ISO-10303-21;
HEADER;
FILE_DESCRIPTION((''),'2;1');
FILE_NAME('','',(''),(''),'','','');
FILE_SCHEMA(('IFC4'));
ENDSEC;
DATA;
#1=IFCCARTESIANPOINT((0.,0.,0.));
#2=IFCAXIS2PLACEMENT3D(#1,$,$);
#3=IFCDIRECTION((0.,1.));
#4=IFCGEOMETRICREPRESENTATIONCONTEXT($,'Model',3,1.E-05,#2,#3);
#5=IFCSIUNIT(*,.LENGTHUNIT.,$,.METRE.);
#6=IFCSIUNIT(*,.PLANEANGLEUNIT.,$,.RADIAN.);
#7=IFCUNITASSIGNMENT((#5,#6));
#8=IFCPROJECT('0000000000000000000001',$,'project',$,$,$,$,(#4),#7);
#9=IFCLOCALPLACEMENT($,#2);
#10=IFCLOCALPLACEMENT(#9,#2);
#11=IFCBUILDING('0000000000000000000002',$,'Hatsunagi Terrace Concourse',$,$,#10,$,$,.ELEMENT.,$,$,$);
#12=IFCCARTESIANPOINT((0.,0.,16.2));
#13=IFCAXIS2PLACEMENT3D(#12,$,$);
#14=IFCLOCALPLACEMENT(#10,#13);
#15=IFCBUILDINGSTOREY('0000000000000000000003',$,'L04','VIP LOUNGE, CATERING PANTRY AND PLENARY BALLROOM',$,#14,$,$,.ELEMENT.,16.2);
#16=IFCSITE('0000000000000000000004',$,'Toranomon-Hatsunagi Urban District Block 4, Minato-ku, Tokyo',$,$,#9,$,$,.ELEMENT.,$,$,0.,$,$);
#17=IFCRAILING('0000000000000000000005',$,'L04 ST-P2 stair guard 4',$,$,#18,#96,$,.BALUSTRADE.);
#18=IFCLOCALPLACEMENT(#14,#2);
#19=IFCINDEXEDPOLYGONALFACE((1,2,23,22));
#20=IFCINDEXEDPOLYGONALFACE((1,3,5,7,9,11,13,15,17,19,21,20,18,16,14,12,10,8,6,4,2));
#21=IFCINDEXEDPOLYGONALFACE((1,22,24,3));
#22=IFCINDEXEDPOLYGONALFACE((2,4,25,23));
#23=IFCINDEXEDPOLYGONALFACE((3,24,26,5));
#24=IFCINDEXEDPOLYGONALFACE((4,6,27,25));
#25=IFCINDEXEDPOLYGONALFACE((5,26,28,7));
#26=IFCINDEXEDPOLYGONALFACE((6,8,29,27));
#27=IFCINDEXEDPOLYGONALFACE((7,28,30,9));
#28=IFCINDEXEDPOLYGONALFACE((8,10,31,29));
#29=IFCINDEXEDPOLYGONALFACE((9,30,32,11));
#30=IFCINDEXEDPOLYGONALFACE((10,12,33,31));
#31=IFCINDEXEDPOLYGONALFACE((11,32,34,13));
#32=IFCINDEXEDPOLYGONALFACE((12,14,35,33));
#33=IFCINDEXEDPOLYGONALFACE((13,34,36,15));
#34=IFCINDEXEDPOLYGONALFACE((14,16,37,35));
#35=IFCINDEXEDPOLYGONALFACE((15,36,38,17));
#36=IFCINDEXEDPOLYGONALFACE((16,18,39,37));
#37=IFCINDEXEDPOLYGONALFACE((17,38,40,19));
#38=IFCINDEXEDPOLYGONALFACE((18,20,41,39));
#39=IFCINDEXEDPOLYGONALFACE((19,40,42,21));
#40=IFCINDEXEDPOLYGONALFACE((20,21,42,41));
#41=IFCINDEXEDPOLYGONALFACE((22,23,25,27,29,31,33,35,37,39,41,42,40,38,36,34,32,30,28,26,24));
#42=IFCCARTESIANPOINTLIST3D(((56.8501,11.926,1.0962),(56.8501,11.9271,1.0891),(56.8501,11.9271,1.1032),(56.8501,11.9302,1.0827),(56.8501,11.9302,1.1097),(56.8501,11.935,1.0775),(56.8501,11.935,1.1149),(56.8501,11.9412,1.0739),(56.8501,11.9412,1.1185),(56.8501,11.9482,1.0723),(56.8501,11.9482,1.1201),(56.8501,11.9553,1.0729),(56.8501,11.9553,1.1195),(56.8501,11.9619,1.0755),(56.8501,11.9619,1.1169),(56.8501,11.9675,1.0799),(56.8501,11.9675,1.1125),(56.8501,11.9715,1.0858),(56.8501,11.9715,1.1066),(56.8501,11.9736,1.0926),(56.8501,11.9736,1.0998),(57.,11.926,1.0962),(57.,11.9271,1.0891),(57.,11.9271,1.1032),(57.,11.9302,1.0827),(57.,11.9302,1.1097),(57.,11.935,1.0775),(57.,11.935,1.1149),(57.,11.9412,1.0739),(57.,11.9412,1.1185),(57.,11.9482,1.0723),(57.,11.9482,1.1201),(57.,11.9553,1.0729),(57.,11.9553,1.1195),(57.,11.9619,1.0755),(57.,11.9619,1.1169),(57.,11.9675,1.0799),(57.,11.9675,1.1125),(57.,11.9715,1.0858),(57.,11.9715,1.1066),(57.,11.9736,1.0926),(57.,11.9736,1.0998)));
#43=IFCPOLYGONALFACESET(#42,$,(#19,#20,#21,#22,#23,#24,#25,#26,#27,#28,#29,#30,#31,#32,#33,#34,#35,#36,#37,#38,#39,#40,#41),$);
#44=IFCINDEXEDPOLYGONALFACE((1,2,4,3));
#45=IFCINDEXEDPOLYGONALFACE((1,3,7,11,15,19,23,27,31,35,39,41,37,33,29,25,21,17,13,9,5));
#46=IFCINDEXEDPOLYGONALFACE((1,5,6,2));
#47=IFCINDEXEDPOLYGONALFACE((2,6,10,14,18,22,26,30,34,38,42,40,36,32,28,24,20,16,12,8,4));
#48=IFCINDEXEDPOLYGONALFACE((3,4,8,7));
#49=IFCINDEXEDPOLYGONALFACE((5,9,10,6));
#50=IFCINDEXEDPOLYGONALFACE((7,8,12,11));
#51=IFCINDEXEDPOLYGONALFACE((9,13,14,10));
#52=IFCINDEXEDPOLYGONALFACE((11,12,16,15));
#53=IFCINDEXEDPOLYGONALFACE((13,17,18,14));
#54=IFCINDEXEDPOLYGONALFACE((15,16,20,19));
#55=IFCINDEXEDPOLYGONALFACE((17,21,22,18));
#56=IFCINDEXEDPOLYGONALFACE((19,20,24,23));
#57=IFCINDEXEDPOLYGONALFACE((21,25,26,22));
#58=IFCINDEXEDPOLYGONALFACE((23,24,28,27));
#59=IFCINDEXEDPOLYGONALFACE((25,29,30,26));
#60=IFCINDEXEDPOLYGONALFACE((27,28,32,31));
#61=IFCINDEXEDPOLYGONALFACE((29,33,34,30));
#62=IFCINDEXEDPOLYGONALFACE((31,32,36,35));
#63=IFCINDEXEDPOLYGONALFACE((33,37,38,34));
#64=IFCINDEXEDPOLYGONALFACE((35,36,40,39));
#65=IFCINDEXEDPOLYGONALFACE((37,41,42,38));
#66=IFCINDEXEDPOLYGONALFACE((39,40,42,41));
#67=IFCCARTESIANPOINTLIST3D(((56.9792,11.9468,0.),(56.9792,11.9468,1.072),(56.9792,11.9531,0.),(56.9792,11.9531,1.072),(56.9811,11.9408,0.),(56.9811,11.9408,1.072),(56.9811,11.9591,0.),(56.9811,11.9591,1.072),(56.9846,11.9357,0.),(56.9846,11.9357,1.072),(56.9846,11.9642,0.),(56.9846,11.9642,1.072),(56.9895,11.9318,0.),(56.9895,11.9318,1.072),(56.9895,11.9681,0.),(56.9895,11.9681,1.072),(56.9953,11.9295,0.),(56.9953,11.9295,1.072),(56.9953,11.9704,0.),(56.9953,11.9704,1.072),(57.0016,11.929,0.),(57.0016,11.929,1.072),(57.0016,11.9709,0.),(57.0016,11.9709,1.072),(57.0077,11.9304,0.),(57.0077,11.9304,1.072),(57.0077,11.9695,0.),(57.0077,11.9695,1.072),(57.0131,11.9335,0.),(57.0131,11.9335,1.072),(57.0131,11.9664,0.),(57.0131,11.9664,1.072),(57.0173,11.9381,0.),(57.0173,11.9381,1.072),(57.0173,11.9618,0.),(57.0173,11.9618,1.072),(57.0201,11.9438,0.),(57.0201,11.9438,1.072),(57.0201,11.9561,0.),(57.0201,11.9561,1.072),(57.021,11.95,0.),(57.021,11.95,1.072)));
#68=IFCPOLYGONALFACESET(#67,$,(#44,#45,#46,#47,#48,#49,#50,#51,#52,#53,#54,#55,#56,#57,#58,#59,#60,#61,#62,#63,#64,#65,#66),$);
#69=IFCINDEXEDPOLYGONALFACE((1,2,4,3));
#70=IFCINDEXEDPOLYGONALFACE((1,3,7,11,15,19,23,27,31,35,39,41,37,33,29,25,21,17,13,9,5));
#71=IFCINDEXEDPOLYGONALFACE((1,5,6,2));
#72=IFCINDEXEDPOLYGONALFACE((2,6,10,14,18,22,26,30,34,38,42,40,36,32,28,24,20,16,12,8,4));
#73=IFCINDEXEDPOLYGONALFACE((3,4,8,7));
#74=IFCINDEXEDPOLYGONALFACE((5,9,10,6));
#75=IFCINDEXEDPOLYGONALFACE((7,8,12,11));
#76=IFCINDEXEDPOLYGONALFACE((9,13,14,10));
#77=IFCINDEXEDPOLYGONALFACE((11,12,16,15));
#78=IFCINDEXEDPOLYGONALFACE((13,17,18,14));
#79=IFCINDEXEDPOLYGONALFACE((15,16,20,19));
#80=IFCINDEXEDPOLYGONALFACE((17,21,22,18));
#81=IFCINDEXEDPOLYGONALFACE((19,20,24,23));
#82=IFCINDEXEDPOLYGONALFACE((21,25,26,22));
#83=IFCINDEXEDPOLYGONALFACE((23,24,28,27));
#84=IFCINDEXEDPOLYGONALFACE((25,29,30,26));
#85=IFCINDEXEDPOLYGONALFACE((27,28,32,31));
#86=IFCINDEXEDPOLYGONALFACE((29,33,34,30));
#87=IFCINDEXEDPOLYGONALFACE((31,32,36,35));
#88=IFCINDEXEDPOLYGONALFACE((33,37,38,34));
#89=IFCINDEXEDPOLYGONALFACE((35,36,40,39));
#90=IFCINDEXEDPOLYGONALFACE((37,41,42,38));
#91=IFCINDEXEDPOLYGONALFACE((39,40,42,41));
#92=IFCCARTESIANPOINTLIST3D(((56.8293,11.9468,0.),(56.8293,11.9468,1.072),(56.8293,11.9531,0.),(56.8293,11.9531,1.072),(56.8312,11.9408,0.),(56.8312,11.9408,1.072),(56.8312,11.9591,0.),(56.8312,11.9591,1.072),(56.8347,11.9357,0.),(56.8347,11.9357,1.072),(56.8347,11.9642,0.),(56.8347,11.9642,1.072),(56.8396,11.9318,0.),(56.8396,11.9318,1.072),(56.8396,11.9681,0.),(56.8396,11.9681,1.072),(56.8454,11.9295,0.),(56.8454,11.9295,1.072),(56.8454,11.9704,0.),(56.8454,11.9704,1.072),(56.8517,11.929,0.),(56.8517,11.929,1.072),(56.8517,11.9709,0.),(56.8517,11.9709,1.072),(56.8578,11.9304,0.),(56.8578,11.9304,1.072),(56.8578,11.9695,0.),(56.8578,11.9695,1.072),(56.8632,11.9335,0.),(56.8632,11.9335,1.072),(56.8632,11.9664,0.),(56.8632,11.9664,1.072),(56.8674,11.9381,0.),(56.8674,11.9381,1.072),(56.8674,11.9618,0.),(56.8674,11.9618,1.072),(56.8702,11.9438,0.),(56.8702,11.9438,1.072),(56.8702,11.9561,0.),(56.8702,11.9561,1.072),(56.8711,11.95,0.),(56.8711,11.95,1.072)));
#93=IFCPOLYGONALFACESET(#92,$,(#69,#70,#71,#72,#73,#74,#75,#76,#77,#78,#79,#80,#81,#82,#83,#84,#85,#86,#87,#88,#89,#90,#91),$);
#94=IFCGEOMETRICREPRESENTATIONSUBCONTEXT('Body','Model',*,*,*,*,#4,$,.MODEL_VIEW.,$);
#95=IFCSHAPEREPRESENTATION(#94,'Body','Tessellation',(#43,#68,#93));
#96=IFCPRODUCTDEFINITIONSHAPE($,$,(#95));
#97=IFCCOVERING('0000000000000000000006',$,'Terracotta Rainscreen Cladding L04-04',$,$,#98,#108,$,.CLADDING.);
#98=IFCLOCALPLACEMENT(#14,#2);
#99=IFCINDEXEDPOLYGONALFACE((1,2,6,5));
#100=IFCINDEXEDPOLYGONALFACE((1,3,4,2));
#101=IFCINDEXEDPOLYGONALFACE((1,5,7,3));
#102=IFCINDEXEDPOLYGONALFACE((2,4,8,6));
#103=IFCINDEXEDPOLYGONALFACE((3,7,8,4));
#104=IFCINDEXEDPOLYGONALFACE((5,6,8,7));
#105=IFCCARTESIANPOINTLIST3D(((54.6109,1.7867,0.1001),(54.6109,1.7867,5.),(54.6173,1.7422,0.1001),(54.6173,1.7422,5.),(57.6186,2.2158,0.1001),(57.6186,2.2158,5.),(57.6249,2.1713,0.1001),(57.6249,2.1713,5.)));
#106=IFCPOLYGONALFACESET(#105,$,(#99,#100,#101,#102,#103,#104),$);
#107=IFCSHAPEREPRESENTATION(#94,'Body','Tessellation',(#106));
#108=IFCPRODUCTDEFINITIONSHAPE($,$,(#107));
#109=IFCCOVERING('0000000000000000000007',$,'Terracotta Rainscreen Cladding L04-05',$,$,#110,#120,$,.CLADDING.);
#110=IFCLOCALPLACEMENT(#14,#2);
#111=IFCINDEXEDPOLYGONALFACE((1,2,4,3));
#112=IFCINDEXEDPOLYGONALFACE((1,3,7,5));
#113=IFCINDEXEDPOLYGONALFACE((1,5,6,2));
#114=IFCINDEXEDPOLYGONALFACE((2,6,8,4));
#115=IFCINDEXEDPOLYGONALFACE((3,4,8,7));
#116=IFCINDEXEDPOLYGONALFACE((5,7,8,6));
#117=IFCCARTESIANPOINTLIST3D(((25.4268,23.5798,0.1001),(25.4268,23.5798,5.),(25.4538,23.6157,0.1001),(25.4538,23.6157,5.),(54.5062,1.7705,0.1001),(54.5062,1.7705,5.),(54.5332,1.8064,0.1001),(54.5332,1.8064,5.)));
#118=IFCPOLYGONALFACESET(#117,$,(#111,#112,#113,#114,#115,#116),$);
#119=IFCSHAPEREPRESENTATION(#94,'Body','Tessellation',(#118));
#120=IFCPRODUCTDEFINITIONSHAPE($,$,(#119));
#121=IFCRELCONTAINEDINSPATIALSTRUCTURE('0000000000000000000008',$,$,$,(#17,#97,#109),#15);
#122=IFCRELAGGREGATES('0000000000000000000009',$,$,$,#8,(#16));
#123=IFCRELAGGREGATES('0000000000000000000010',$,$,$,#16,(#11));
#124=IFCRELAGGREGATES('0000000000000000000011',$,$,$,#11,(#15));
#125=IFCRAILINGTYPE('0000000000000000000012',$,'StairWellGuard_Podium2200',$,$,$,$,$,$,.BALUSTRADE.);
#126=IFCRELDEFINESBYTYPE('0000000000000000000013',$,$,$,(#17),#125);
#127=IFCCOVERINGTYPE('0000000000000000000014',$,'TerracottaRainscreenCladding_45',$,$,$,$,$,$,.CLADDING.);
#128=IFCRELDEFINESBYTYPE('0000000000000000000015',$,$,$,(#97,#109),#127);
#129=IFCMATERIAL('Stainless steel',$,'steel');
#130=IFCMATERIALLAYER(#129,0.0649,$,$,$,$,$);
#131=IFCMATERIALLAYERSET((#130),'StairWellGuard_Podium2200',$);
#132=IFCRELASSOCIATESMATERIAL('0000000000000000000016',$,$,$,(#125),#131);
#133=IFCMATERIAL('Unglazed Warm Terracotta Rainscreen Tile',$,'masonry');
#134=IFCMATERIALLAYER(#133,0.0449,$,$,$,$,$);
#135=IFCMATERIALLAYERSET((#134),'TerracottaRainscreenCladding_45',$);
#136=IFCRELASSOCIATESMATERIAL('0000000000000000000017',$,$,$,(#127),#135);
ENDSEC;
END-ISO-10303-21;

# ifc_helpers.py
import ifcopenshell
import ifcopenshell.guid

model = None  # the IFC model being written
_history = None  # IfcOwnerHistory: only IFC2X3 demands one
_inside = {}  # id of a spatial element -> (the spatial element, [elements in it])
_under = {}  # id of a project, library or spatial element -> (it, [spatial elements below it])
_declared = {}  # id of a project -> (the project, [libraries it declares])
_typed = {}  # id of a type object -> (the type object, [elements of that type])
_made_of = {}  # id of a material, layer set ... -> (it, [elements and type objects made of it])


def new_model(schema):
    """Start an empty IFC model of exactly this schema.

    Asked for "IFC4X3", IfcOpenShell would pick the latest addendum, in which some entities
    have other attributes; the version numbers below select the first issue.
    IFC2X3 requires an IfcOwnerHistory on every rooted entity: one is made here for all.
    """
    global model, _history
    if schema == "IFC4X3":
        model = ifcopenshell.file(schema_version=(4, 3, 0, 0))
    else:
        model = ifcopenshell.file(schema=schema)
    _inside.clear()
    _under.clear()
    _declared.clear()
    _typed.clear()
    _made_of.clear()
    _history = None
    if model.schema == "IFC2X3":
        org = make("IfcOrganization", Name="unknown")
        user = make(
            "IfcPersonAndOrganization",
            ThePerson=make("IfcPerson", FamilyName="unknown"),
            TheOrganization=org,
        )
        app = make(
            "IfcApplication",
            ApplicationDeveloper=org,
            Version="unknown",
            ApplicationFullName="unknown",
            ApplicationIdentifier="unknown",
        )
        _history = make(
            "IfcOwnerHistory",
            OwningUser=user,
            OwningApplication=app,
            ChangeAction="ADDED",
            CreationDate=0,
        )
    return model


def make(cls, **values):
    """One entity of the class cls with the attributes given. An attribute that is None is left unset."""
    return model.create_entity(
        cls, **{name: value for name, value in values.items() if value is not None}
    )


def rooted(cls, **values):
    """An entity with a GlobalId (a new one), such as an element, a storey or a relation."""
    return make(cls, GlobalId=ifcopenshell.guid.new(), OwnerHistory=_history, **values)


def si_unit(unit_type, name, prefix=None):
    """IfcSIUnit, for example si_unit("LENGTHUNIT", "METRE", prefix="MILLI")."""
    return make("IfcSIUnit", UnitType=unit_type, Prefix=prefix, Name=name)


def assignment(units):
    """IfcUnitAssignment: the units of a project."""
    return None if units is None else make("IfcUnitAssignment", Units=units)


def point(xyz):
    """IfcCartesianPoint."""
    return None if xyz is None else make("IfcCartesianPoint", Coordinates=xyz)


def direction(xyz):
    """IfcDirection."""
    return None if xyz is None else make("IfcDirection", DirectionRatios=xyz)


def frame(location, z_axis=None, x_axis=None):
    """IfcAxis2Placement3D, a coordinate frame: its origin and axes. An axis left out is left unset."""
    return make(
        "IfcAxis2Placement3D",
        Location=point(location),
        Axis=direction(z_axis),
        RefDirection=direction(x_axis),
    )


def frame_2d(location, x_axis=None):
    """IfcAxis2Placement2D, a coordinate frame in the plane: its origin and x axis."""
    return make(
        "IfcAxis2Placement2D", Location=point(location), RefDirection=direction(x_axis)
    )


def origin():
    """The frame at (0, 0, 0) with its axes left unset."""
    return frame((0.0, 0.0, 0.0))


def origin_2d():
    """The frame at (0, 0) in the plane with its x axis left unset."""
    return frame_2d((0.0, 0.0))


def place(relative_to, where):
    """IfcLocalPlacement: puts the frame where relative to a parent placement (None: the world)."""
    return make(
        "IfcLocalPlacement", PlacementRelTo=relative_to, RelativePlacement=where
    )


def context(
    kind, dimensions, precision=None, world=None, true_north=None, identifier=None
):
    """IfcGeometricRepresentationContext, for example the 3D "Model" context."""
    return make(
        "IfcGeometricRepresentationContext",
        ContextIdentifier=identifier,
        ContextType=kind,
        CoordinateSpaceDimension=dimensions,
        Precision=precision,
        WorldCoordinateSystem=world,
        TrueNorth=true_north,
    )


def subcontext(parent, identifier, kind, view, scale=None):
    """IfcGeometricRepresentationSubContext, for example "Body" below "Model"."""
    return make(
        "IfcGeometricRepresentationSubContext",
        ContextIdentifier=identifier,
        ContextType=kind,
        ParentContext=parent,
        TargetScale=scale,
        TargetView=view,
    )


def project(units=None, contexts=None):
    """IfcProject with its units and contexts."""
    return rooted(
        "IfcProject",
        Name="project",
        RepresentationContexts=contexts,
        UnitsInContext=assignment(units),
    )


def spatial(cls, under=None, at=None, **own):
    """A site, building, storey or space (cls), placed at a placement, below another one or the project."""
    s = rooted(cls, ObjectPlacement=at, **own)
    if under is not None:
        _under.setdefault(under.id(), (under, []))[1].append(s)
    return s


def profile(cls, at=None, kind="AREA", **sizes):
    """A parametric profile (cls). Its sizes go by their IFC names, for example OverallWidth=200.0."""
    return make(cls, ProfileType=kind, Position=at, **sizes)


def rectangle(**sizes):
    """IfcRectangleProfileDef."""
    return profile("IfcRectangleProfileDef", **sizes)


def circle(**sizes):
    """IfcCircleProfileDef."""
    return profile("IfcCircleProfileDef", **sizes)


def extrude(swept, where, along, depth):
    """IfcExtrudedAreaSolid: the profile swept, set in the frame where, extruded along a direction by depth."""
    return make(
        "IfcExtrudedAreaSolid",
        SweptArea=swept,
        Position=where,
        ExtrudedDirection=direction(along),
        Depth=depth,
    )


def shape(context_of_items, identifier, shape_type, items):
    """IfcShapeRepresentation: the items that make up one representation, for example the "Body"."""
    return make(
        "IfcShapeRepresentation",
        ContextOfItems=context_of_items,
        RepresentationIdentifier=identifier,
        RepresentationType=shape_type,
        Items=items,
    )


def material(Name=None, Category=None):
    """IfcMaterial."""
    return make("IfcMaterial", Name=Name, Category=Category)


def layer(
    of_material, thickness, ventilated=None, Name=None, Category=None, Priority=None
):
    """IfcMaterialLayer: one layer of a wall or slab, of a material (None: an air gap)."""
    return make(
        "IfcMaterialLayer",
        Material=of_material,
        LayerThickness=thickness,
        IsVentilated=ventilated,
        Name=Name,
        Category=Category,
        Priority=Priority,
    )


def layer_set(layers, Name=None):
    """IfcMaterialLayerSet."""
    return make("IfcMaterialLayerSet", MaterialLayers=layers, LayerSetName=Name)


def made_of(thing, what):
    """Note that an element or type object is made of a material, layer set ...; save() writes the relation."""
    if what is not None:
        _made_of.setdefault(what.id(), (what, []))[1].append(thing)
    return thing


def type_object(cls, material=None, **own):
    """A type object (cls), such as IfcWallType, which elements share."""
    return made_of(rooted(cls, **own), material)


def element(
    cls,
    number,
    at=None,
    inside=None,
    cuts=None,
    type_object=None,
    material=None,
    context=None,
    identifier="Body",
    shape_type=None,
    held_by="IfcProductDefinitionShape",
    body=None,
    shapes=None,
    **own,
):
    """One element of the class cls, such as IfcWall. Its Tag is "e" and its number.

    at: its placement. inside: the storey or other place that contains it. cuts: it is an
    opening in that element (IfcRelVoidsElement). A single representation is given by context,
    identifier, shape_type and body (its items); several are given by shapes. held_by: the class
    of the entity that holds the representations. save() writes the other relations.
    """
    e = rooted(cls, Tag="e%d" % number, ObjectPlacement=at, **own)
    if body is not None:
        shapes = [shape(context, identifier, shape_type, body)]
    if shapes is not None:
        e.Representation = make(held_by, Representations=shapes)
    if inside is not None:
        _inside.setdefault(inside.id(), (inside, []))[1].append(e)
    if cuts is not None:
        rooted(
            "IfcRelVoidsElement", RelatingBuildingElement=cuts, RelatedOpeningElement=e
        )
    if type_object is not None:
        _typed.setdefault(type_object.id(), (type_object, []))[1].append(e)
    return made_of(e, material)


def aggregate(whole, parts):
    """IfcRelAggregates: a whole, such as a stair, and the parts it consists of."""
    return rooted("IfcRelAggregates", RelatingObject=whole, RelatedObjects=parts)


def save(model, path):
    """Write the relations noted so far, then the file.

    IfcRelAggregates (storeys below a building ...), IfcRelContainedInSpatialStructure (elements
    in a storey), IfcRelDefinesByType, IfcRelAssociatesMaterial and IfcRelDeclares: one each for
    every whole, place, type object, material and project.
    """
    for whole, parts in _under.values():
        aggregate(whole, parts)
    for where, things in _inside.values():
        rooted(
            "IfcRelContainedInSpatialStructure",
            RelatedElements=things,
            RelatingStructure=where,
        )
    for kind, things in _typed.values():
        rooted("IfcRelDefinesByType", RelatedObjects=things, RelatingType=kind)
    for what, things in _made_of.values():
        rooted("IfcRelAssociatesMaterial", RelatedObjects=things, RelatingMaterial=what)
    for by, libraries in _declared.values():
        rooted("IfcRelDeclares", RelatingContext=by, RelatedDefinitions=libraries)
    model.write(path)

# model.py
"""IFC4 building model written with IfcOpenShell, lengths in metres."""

from ifc_helpers import new_model, si_unit, direction, frame, origin, origin_2d, place, context, subcontext, project, spatial, rectangle, circle, extrude, material, layer, layer_set, type_object, element, save


model = new_model("IFC4")

# Units and contexts
model_context = context("Model", 3, precision=1e-05, world=origin(), true_north=direction((0.0, 1.0)))
body_context = subcontext(model_context, "Body", "Model", "MODEL_VIEW")
ifc_project = project(units=[si_unit("LENGTHUNIT", "METRE"), si_unit("PLANEANGLEUNIT", "RADIAN")], contexts=[model_context])

# Site, building, storey
site_placement = place(None, origin())
site = spatial("IfcSite", under=ifc_project, at=site_placement, Name="Toranomon-Hatsunagi Urban District Block 4, Minato-ku, Tokyo", CompositionType="ELEMENT", RefElevation=0.0)
building_placement = place(site_placement, origin())
building = spatial("IfcBuilding", under=site, at=building_placement, Name="Hatsunagi Terrace Concourse", CompositionType="ELEMENT")
storey_placement = place(building_placement, frame((0.0, 0.0, 16.2)))
storey = spatial("IfcBuildingStorey", under=building, at=storey_placement, Name="L04", Description="VIP LOUNGE, CATERING PANTRY AND PLENARY BALLROOM", CompositionType="ELEMENT", Elevation=16.2)

# Railing
ifc_material_1 = material(Name="Stainless steel", Category="steel")
ifc_layer_1 = layer(ifc_material_1, 0.0649)
ifc_layer_set_1 = layer_set([ifc_layer_1], Name="StairWellGuard_Podium2200")
railing_type_1 = type_object("IfcRailingType", Name="StairWellGuard_Podium2200", PredefinedType="BALUSTRADE", material=ifc_layer_set_1)
railing_1_placement = place(storey_placement, frame((57.0, 11.95, 0.0)))
element("IfcRailing", 1, at=railing_1_placement, inside=storey, type_object=railing_type_1, Name="L04 ST-P2 stair guard 4", PredefinedType="BALUSTRADE", context=body_context, shape_type="SweptSolid", body=[
    extrude(circle(Radius=0.0239, at=origin_2d()), frame((0.0, 0.0, 1.0962), z_axis=(-1.0, 0.0, 0.0), x_axis=(0.0, -1.0, 0.0)), (0.0, 0.0, 1.0), 0.1499),
    extrude(circle(Radius=0.021, at=origin_2d()), origin(), (0.0, 0.0, 1.0), 1.072),
    extrude(circle(Radius=0.021, at=origin_2d()), frame((-0.1499, 0.0, 0.0)), (0.0, 0.0, 1.0), 1.072),
])

# Coverings
ifc_material_2 = material(Name="Unglazed Warm Terracotta Rainscreen Tile", Category="masonry")
ifc_layer_2 = layer(ifc_material_2, 0.0449)
ifc_layer_set_2 = layer_set([ifc_layer_2], Name="TerracottaRainscreenCladding_45")
covering_type = type_object("IfcCoveringType", Name="TerracottaRainscreenCladding_45", PredefinedType="CLADDING", material=ifc_layer_set_2)
covering_1_placement = place(storey_placement, frame((56.1179, 1.979, 0.1001), z_axis=(0.0, 0.0, 1.0), x_axis=(-0.989974, -0.14125, 0.0)))
element("IfcCovering", 2, at=covering_1_placement, inside=storey, type_object=covering_type, Name="Terracotta Rainscreen Cladding L04-04", PredefinedType="CLADDING", context=body_context, shape_type="SweptSolid", body=[
    extrude(rectangle(XDim=3.0381, YDim=0.0449, at=origin_2d()), origin(), (0.0, 0.0, 1.0), 4.8999),
])
covering_2_placement = place(storey_placement, frame((39.98, 12.6931, 0.1001), z_axis=(0.0, 0.0, 1.0), x_axis=(-0.800003, 0.599996, 0.0)))
element("IfcCovering", 3, at=covering_2_placement, inside=storey, type_object=covering_type, Name="Terracotta Rainscreen Cladding L04-05", PredefinedType="CLADDING", context=body_context, shape_type="SweptSolid", body=[
    extrude(rectangle(XDim=36.3491, YDim=0.0449, at=origin_2d()), origin(), (0.0, 0.0, 1.0), 4.8999),
])

save(model, "model.ifc")
